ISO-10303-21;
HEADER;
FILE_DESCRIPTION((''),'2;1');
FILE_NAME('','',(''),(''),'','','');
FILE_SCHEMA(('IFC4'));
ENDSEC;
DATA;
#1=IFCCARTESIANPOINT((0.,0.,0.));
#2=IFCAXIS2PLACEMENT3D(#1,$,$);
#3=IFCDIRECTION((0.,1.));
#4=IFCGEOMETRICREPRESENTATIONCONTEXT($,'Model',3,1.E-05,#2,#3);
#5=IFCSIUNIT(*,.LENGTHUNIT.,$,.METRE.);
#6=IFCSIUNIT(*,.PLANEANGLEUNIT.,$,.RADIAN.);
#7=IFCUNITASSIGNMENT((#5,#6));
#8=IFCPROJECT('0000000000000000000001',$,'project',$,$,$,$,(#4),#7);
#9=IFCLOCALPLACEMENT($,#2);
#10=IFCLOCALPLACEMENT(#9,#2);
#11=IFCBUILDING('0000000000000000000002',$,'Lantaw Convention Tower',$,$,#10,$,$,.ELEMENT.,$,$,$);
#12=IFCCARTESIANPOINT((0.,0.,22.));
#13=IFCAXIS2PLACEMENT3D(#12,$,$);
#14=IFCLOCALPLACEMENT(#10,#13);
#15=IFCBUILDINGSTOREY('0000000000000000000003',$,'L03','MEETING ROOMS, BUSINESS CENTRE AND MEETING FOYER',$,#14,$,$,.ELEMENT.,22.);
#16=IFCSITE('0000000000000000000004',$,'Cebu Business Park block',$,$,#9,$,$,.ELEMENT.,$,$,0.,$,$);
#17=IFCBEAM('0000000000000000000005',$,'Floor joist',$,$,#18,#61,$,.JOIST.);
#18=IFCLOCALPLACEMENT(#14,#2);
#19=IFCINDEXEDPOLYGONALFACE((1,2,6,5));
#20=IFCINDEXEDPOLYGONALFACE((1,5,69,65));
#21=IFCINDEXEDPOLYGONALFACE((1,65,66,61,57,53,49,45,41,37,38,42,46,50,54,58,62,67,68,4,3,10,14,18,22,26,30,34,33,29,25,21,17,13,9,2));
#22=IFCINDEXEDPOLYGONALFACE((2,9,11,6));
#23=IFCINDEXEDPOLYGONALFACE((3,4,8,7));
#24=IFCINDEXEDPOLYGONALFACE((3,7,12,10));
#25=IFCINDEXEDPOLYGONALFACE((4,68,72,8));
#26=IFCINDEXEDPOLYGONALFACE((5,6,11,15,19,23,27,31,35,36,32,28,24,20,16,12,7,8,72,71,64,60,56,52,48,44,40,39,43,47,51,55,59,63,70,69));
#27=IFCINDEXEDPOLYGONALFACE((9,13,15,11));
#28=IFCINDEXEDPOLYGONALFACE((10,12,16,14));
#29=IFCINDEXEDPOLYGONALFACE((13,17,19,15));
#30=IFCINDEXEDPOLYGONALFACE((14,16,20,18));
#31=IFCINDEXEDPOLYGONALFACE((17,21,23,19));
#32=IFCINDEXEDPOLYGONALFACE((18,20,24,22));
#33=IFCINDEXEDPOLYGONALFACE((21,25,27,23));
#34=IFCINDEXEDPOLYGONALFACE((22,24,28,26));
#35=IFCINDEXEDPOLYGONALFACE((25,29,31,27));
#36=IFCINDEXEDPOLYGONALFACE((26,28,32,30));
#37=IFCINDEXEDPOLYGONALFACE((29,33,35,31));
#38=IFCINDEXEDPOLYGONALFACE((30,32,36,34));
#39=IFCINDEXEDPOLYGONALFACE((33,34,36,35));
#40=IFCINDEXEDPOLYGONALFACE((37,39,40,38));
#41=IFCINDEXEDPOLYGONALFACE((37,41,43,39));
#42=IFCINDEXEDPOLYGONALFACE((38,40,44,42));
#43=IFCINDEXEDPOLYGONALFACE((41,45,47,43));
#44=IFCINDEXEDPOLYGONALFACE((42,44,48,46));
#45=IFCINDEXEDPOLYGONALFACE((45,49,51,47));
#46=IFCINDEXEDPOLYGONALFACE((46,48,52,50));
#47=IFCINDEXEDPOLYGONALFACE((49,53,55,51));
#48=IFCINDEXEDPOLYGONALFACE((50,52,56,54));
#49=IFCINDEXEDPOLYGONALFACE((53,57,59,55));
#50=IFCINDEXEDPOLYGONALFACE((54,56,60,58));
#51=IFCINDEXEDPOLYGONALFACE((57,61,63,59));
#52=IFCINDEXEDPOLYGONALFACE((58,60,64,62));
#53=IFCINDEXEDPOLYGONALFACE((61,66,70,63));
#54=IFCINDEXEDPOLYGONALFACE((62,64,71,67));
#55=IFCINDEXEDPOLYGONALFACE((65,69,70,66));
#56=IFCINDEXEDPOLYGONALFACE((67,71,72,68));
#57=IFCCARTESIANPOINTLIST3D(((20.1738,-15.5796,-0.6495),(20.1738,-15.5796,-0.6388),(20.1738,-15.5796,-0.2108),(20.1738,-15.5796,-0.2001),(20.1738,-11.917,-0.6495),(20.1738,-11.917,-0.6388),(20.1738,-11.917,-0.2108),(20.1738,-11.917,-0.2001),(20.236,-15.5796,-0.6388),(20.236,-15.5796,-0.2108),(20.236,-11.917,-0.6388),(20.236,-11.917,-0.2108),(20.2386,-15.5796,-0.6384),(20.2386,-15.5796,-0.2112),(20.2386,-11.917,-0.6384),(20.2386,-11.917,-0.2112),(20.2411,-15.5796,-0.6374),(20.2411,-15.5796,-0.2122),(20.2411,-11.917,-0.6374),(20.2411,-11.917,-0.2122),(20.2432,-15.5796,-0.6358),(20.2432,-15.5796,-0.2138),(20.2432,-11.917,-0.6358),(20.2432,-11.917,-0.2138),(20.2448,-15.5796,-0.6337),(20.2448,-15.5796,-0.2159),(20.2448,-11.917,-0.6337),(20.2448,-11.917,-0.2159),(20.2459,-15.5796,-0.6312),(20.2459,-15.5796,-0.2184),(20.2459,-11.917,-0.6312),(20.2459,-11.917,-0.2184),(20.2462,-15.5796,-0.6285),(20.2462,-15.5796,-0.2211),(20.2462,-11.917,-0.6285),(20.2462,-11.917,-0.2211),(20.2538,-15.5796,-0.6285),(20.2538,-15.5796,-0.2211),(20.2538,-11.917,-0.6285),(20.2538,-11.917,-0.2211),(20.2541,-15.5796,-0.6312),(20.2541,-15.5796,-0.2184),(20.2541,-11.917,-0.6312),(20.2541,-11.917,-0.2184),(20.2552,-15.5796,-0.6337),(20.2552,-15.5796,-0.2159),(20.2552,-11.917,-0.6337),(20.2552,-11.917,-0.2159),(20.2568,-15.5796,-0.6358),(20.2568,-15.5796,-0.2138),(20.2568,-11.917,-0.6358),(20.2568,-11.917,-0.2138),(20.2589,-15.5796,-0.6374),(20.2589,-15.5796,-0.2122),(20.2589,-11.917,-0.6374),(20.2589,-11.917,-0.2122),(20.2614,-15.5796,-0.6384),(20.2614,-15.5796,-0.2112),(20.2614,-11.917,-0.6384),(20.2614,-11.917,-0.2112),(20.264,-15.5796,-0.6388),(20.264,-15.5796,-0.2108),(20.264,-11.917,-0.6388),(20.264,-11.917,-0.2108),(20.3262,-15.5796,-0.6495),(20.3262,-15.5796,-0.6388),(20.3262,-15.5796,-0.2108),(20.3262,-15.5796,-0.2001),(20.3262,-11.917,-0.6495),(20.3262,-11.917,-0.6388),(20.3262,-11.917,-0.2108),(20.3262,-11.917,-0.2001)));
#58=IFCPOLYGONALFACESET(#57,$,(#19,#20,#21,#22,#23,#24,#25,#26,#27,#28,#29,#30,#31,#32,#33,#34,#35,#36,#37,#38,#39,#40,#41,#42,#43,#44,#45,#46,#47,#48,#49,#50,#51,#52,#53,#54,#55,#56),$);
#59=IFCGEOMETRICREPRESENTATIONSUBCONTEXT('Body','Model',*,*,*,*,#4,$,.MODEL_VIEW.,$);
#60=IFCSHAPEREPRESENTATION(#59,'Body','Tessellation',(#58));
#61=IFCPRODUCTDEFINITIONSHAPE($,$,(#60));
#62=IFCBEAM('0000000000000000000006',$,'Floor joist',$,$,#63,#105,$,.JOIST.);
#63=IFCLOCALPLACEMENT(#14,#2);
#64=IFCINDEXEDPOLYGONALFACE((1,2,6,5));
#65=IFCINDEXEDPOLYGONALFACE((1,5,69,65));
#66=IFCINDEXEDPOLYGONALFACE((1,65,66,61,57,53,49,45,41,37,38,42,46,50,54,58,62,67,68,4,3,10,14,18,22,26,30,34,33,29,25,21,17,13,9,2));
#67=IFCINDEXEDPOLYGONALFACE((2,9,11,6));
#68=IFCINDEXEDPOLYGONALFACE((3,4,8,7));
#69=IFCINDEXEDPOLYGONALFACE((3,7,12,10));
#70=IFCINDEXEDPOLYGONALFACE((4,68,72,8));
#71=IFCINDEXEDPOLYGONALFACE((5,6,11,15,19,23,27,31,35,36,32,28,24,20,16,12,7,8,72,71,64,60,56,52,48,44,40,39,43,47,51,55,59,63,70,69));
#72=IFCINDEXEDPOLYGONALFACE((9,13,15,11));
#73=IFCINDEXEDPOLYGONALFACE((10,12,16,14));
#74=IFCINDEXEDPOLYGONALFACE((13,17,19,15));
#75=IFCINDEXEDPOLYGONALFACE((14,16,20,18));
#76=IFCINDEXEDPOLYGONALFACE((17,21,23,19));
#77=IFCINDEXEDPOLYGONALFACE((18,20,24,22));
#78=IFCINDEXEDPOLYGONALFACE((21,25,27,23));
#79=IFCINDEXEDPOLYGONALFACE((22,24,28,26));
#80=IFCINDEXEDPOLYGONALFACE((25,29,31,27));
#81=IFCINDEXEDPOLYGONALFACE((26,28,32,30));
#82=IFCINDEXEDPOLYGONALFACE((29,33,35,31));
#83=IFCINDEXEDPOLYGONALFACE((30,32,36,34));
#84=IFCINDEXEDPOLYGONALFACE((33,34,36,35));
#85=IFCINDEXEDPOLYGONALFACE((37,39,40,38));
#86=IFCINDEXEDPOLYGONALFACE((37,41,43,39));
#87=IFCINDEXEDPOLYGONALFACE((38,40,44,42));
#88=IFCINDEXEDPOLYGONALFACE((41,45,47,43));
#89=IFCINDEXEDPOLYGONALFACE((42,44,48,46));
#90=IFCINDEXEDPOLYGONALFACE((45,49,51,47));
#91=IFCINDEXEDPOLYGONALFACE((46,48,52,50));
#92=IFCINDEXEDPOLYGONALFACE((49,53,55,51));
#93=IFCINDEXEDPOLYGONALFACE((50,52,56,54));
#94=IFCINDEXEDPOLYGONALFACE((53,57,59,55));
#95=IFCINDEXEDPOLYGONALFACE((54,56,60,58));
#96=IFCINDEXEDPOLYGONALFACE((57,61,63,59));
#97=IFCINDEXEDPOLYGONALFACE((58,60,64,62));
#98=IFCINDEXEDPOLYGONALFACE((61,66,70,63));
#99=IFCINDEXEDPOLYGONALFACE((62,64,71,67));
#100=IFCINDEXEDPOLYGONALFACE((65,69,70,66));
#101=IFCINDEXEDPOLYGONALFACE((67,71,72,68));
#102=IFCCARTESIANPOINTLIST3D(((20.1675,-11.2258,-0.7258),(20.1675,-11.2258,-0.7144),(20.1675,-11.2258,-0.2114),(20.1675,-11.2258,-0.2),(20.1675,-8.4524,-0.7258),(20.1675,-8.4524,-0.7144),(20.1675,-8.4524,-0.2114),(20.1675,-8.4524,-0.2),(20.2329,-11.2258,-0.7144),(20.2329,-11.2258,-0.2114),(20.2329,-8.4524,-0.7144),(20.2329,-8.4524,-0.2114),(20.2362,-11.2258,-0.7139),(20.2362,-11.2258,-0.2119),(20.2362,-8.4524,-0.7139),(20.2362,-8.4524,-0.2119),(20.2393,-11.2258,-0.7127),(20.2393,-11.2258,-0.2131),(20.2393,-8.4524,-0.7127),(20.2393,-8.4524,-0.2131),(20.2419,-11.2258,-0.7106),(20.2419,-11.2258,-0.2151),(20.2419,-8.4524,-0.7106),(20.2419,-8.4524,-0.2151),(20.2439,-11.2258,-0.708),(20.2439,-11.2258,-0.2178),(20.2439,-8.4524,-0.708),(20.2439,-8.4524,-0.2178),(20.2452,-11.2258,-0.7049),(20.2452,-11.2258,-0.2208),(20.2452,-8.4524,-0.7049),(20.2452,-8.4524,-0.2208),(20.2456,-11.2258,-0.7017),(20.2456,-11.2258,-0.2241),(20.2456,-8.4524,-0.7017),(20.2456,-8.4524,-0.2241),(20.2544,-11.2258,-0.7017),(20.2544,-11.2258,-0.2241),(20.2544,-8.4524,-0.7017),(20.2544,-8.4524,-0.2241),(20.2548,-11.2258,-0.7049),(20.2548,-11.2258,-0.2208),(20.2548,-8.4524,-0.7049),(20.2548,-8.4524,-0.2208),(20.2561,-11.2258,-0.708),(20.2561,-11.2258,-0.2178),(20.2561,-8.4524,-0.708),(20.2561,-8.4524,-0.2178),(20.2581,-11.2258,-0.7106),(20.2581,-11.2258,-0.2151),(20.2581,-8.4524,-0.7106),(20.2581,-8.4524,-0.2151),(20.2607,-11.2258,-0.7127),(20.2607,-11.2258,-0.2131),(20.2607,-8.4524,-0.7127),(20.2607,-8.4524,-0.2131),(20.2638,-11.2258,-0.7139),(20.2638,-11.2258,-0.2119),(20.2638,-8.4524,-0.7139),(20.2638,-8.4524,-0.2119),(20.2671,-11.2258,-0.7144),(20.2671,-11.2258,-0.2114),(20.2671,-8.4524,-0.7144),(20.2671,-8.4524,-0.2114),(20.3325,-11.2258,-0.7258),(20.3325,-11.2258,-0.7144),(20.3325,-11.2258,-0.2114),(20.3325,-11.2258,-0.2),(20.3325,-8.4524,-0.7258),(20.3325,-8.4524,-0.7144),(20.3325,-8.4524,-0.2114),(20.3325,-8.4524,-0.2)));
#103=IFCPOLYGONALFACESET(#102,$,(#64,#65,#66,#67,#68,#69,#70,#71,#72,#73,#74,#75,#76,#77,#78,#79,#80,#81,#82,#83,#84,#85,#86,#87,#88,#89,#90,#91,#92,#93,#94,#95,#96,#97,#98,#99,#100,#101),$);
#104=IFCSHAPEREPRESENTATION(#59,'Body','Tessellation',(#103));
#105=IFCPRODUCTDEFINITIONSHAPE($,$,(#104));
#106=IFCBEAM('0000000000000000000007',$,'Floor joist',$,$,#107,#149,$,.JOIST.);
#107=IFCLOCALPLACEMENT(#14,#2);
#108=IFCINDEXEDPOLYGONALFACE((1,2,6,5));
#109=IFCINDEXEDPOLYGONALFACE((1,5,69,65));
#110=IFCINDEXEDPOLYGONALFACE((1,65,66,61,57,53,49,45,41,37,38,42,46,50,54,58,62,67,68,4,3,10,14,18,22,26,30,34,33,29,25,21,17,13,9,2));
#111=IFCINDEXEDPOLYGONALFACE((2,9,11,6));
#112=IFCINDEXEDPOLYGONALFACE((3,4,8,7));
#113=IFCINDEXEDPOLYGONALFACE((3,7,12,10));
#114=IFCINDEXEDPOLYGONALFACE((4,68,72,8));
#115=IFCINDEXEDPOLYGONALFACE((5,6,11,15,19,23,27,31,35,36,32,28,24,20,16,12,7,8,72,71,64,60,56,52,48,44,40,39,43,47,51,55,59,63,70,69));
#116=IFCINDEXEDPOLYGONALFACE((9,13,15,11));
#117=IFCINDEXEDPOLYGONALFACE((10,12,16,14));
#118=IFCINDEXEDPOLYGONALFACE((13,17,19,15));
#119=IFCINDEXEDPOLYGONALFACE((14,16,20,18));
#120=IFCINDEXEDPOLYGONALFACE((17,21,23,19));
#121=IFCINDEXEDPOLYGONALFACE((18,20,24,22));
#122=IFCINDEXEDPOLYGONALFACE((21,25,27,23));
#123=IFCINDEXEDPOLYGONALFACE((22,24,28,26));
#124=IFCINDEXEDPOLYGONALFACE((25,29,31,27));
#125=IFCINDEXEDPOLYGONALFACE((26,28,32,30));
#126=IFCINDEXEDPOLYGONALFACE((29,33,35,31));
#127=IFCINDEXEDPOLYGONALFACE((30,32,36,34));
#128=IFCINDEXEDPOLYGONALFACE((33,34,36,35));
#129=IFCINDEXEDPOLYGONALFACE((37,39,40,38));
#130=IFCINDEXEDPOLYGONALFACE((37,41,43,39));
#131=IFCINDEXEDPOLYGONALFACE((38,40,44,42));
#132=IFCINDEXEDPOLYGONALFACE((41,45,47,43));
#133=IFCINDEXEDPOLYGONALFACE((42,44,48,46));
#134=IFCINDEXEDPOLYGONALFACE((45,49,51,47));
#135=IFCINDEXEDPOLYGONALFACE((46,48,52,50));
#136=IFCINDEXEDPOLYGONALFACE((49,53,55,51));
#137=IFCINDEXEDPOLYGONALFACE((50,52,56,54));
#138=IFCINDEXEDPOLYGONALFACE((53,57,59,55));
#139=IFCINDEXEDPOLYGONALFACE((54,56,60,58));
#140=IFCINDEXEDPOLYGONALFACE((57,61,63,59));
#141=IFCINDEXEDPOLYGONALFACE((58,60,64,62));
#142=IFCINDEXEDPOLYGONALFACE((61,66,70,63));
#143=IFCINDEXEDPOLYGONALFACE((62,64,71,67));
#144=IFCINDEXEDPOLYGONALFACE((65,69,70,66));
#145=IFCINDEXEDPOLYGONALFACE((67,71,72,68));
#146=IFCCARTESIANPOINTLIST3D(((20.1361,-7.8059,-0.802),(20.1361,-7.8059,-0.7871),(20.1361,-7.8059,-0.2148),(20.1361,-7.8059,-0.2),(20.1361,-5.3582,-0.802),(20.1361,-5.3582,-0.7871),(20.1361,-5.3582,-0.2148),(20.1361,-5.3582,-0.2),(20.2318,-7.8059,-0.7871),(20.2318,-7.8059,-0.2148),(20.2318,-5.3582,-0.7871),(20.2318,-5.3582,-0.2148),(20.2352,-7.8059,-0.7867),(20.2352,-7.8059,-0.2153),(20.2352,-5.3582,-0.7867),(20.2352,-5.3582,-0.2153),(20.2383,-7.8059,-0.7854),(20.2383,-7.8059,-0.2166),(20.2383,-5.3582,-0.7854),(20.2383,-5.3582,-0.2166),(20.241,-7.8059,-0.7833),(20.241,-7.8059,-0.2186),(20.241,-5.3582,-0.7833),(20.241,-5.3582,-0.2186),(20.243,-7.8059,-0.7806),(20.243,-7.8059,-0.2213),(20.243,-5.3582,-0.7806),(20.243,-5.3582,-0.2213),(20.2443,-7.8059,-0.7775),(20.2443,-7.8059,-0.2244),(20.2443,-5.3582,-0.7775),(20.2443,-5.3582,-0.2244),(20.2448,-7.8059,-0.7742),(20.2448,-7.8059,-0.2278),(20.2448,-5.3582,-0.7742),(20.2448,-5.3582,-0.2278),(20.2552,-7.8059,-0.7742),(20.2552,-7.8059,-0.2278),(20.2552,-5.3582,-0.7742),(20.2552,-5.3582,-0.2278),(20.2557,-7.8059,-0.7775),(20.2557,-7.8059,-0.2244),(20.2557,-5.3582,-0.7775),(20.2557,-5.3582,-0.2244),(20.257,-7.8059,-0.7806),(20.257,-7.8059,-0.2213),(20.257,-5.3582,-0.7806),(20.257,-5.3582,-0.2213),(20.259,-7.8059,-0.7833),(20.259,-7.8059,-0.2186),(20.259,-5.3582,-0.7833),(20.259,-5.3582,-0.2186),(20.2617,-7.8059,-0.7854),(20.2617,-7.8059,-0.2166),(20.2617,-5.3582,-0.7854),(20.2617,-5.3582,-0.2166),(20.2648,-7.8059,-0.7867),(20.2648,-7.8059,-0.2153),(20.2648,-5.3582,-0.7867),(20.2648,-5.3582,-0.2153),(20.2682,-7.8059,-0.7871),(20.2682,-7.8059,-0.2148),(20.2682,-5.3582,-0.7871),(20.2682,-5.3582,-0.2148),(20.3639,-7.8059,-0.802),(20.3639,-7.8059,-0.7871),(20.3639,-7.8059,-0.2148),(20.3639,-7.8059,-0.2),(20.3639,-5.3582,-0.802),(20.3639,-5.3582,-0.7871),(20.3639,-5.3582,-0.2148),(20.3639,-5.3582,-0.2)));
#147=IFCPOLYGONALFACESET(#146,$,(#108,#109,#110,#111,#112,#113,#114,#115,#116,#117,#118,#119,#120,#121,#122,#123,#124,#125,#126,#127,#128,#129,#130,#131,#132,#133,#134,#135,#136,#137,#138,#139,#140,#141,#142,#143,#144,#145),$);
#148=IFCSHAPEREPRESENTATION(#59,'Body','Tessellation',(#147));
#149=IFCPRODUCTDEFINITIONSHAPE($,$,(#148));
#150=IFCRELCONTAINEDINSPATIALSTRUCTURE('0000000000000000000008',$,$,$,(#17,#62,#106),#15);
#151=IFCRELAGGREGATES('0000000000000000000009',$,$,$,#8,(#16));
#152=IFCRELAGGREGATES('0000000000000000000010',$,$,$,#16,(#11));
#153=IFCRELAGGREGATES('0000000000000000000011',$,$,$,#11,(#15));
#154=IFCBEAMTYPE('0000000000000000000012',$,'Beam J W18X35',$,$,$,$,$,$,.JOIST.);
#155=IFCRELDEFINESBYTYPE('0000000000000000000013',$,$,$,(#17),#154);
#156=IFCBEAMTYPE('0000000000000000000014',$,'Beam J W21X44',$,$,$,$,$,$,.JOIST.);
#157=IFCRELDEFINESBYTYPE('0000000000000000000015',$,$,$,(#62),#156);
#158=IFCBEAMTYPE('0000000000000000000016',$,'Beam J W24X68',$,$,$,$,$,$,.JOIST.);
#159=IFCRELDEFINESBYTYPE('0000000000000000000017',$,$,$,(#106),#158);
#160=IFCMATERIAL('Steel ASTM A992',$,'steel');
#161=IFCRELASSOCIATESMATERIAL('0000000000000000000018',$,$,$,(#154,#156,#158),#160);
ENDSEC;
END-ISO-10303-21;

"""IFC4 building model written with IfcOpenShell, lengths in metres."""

from ifc_helpers import new_model, si_unit, direction, frame, origin, origin_2d, place, context, subcontext, project, spatial, i_section, extrude, material, material_profile, profile_set, type_object, element, save


model = new_model("IFC4")

# Units and contexts
model_context = context("Model", 3, precision=1e-05, world=origin(), true_north=direction((0.0, 1.0)))
body_context = subcontext(model_context, "Body", "Model", "MODEL_VIEW")
ifc_project = project(units=[si_unit("LENGTHUNIT", "METRE"), si_unit("PLANEANGLEUNIT", "RADIAN")], contexts=[model_context])

# Site, building, storey
site_placement = place(None, origin())
site = spatial("IfcSite", under=ifc_project, at=site_placement, Name="Cebu Business Park block", CompositionType="ELEMENT", RefElevation=0.0)
building_placement = place(site_placement, origin())
building = spatial("IfcBuilding", under=site, at=building_placement, Name="Lantaw Convention Tower", CompositionType="ELEMENT")
storey_placement = place(building_placement, frame((0.0, 0.0, 22.0)))
storey = spatial("IfcBuildingStorey", under=building, at=storey_placement, Name="L03", Description="MEETING ROOMS, BUSINESS CENTRE AND MEETING FOYER", CompositionType="ELEMENT", Elevation=22.0)

# Beams
ifc_material_1 = material(Name="Steel ASTM A992", Category="steel")
ifc_material_profile_1 = material_profile(ifc_material_1, i_section(OverallWidth=0.1523, OverallDepth=0.4495, WebThickness=0.0076, FlangeThickness=0.0107, FilletRadius=0.0103, at=origin_2d()), Name="W18X35")
ifc_profile_set_1 = profile_set([ifc_material_profile_1], Name="Steel ASTM A992")
beam_type_1 = type_object("IfcBeamType", Name="Beam J W18X35", PredefinedType="JOIST", material=ifc_profile_set_1)
beam_1_placement = place(storey_placement, frame((20.25, -15.5796, -0.4248), z_axis=(0.0, 1.0, 0.0), x_axis=(-1.0, 0.0, 0.0)))
element("IfcBeam", 1, at=beam_1_placement, inside=storey, type_object=beam_type_1, Name="Floor joist", PredefinedType="JOIST", context=body_context, shape_type="SweptSolid", body=[
    extrude(i_section(OverallWidth=0.1523, OverallDepth=0.4495, WebThickness=0.0076, FlangeThickness=0.0107, FilletRadius=0.0103, at=origin_2d()), origin(), (0.0, 0.0, 1.0), 3.6626),
])
ifc_material_profile_2 = material_profile(ifc_material_1, i_section(OverallWidth=0.165, OverallDepth=0.5259, WebThickness=0.0088, FlangeThickness=0.0115, FilletRadius=0.0127, at=origin_2d()), Name="W21X44")
ifc_profile_set_2 = profile_set([ifc_material_profile_2], Name="Steel ASTM A992")
beam_type_2 = type_object("IfcBeamType", Name="Beam J W21X44", PredefinedType="JOIST", material=ifc_profile_set_2)
beam_2_placement = place(storey_placement, frame((20.25, -11.2258, -0.4629), z_axis=(0.0, 1.0, 0.0), x_axis=(-1.0, 0.0, 0.0)))
element("IfcBeam", 2, at=beam_2_placement, inside=storey, type_object=beam_type_2, Name="Floor joist", PredefinedType="JOIST", context=body_context, shape_type="SweptSolid", body=[
    extrude(i_section(OverallWidth=0.165, OverallDepth=0.5259, WebThickness=0.0088, FlangeThickness=0.0115, FilletRadius=0.0127, at=origin_2d()), origin(), (0.0, 0.0, 1.0), 2.7734),
])
ifc_material_profile_3 = material_profile(ifc_material_1, i_section(OverallWidth=0.2278, OverallDepth=0.6021, WebThickness=0.0105, FlangeThickness=0.0149, FilletRadius=0.0129, at=origin_2d()), Name="W24X68")
ifc_profile_set_3 = profile_set([ifc_material_profile_3], Name="Steel ASTM A992")
beam_type_3 = type_object("IfcBeamType", Name="Beam J W24X68", PredefinedType="JOIST", material=ifc_profile_set_3)
beam_3_placement = place(storey_placement, frame((20.25, -7.8059, -0.501), z_axis=(0.0, 1.0, 0.0), x_axis=(-1.0, 0.0, 0.0)))
element("IfcBeam", 3, at=beam_3_placement, inside=storey, type_object=beam_type_3, Name="Floor joist", PredefinedType="JOIST", context=body_context, shape_type="SweptSolid", body=[
    extrude(i_section(OverallWidth=0.2278, OverallDepth=0.6021, WebThickness=0.0105, FlangeThickness=0.0149, FilletRadius=0.0129, at=origin_2d()), origin(), (0.0, 0.0, 1.0), 2.4478),
])

save(model, "model.ifc")
